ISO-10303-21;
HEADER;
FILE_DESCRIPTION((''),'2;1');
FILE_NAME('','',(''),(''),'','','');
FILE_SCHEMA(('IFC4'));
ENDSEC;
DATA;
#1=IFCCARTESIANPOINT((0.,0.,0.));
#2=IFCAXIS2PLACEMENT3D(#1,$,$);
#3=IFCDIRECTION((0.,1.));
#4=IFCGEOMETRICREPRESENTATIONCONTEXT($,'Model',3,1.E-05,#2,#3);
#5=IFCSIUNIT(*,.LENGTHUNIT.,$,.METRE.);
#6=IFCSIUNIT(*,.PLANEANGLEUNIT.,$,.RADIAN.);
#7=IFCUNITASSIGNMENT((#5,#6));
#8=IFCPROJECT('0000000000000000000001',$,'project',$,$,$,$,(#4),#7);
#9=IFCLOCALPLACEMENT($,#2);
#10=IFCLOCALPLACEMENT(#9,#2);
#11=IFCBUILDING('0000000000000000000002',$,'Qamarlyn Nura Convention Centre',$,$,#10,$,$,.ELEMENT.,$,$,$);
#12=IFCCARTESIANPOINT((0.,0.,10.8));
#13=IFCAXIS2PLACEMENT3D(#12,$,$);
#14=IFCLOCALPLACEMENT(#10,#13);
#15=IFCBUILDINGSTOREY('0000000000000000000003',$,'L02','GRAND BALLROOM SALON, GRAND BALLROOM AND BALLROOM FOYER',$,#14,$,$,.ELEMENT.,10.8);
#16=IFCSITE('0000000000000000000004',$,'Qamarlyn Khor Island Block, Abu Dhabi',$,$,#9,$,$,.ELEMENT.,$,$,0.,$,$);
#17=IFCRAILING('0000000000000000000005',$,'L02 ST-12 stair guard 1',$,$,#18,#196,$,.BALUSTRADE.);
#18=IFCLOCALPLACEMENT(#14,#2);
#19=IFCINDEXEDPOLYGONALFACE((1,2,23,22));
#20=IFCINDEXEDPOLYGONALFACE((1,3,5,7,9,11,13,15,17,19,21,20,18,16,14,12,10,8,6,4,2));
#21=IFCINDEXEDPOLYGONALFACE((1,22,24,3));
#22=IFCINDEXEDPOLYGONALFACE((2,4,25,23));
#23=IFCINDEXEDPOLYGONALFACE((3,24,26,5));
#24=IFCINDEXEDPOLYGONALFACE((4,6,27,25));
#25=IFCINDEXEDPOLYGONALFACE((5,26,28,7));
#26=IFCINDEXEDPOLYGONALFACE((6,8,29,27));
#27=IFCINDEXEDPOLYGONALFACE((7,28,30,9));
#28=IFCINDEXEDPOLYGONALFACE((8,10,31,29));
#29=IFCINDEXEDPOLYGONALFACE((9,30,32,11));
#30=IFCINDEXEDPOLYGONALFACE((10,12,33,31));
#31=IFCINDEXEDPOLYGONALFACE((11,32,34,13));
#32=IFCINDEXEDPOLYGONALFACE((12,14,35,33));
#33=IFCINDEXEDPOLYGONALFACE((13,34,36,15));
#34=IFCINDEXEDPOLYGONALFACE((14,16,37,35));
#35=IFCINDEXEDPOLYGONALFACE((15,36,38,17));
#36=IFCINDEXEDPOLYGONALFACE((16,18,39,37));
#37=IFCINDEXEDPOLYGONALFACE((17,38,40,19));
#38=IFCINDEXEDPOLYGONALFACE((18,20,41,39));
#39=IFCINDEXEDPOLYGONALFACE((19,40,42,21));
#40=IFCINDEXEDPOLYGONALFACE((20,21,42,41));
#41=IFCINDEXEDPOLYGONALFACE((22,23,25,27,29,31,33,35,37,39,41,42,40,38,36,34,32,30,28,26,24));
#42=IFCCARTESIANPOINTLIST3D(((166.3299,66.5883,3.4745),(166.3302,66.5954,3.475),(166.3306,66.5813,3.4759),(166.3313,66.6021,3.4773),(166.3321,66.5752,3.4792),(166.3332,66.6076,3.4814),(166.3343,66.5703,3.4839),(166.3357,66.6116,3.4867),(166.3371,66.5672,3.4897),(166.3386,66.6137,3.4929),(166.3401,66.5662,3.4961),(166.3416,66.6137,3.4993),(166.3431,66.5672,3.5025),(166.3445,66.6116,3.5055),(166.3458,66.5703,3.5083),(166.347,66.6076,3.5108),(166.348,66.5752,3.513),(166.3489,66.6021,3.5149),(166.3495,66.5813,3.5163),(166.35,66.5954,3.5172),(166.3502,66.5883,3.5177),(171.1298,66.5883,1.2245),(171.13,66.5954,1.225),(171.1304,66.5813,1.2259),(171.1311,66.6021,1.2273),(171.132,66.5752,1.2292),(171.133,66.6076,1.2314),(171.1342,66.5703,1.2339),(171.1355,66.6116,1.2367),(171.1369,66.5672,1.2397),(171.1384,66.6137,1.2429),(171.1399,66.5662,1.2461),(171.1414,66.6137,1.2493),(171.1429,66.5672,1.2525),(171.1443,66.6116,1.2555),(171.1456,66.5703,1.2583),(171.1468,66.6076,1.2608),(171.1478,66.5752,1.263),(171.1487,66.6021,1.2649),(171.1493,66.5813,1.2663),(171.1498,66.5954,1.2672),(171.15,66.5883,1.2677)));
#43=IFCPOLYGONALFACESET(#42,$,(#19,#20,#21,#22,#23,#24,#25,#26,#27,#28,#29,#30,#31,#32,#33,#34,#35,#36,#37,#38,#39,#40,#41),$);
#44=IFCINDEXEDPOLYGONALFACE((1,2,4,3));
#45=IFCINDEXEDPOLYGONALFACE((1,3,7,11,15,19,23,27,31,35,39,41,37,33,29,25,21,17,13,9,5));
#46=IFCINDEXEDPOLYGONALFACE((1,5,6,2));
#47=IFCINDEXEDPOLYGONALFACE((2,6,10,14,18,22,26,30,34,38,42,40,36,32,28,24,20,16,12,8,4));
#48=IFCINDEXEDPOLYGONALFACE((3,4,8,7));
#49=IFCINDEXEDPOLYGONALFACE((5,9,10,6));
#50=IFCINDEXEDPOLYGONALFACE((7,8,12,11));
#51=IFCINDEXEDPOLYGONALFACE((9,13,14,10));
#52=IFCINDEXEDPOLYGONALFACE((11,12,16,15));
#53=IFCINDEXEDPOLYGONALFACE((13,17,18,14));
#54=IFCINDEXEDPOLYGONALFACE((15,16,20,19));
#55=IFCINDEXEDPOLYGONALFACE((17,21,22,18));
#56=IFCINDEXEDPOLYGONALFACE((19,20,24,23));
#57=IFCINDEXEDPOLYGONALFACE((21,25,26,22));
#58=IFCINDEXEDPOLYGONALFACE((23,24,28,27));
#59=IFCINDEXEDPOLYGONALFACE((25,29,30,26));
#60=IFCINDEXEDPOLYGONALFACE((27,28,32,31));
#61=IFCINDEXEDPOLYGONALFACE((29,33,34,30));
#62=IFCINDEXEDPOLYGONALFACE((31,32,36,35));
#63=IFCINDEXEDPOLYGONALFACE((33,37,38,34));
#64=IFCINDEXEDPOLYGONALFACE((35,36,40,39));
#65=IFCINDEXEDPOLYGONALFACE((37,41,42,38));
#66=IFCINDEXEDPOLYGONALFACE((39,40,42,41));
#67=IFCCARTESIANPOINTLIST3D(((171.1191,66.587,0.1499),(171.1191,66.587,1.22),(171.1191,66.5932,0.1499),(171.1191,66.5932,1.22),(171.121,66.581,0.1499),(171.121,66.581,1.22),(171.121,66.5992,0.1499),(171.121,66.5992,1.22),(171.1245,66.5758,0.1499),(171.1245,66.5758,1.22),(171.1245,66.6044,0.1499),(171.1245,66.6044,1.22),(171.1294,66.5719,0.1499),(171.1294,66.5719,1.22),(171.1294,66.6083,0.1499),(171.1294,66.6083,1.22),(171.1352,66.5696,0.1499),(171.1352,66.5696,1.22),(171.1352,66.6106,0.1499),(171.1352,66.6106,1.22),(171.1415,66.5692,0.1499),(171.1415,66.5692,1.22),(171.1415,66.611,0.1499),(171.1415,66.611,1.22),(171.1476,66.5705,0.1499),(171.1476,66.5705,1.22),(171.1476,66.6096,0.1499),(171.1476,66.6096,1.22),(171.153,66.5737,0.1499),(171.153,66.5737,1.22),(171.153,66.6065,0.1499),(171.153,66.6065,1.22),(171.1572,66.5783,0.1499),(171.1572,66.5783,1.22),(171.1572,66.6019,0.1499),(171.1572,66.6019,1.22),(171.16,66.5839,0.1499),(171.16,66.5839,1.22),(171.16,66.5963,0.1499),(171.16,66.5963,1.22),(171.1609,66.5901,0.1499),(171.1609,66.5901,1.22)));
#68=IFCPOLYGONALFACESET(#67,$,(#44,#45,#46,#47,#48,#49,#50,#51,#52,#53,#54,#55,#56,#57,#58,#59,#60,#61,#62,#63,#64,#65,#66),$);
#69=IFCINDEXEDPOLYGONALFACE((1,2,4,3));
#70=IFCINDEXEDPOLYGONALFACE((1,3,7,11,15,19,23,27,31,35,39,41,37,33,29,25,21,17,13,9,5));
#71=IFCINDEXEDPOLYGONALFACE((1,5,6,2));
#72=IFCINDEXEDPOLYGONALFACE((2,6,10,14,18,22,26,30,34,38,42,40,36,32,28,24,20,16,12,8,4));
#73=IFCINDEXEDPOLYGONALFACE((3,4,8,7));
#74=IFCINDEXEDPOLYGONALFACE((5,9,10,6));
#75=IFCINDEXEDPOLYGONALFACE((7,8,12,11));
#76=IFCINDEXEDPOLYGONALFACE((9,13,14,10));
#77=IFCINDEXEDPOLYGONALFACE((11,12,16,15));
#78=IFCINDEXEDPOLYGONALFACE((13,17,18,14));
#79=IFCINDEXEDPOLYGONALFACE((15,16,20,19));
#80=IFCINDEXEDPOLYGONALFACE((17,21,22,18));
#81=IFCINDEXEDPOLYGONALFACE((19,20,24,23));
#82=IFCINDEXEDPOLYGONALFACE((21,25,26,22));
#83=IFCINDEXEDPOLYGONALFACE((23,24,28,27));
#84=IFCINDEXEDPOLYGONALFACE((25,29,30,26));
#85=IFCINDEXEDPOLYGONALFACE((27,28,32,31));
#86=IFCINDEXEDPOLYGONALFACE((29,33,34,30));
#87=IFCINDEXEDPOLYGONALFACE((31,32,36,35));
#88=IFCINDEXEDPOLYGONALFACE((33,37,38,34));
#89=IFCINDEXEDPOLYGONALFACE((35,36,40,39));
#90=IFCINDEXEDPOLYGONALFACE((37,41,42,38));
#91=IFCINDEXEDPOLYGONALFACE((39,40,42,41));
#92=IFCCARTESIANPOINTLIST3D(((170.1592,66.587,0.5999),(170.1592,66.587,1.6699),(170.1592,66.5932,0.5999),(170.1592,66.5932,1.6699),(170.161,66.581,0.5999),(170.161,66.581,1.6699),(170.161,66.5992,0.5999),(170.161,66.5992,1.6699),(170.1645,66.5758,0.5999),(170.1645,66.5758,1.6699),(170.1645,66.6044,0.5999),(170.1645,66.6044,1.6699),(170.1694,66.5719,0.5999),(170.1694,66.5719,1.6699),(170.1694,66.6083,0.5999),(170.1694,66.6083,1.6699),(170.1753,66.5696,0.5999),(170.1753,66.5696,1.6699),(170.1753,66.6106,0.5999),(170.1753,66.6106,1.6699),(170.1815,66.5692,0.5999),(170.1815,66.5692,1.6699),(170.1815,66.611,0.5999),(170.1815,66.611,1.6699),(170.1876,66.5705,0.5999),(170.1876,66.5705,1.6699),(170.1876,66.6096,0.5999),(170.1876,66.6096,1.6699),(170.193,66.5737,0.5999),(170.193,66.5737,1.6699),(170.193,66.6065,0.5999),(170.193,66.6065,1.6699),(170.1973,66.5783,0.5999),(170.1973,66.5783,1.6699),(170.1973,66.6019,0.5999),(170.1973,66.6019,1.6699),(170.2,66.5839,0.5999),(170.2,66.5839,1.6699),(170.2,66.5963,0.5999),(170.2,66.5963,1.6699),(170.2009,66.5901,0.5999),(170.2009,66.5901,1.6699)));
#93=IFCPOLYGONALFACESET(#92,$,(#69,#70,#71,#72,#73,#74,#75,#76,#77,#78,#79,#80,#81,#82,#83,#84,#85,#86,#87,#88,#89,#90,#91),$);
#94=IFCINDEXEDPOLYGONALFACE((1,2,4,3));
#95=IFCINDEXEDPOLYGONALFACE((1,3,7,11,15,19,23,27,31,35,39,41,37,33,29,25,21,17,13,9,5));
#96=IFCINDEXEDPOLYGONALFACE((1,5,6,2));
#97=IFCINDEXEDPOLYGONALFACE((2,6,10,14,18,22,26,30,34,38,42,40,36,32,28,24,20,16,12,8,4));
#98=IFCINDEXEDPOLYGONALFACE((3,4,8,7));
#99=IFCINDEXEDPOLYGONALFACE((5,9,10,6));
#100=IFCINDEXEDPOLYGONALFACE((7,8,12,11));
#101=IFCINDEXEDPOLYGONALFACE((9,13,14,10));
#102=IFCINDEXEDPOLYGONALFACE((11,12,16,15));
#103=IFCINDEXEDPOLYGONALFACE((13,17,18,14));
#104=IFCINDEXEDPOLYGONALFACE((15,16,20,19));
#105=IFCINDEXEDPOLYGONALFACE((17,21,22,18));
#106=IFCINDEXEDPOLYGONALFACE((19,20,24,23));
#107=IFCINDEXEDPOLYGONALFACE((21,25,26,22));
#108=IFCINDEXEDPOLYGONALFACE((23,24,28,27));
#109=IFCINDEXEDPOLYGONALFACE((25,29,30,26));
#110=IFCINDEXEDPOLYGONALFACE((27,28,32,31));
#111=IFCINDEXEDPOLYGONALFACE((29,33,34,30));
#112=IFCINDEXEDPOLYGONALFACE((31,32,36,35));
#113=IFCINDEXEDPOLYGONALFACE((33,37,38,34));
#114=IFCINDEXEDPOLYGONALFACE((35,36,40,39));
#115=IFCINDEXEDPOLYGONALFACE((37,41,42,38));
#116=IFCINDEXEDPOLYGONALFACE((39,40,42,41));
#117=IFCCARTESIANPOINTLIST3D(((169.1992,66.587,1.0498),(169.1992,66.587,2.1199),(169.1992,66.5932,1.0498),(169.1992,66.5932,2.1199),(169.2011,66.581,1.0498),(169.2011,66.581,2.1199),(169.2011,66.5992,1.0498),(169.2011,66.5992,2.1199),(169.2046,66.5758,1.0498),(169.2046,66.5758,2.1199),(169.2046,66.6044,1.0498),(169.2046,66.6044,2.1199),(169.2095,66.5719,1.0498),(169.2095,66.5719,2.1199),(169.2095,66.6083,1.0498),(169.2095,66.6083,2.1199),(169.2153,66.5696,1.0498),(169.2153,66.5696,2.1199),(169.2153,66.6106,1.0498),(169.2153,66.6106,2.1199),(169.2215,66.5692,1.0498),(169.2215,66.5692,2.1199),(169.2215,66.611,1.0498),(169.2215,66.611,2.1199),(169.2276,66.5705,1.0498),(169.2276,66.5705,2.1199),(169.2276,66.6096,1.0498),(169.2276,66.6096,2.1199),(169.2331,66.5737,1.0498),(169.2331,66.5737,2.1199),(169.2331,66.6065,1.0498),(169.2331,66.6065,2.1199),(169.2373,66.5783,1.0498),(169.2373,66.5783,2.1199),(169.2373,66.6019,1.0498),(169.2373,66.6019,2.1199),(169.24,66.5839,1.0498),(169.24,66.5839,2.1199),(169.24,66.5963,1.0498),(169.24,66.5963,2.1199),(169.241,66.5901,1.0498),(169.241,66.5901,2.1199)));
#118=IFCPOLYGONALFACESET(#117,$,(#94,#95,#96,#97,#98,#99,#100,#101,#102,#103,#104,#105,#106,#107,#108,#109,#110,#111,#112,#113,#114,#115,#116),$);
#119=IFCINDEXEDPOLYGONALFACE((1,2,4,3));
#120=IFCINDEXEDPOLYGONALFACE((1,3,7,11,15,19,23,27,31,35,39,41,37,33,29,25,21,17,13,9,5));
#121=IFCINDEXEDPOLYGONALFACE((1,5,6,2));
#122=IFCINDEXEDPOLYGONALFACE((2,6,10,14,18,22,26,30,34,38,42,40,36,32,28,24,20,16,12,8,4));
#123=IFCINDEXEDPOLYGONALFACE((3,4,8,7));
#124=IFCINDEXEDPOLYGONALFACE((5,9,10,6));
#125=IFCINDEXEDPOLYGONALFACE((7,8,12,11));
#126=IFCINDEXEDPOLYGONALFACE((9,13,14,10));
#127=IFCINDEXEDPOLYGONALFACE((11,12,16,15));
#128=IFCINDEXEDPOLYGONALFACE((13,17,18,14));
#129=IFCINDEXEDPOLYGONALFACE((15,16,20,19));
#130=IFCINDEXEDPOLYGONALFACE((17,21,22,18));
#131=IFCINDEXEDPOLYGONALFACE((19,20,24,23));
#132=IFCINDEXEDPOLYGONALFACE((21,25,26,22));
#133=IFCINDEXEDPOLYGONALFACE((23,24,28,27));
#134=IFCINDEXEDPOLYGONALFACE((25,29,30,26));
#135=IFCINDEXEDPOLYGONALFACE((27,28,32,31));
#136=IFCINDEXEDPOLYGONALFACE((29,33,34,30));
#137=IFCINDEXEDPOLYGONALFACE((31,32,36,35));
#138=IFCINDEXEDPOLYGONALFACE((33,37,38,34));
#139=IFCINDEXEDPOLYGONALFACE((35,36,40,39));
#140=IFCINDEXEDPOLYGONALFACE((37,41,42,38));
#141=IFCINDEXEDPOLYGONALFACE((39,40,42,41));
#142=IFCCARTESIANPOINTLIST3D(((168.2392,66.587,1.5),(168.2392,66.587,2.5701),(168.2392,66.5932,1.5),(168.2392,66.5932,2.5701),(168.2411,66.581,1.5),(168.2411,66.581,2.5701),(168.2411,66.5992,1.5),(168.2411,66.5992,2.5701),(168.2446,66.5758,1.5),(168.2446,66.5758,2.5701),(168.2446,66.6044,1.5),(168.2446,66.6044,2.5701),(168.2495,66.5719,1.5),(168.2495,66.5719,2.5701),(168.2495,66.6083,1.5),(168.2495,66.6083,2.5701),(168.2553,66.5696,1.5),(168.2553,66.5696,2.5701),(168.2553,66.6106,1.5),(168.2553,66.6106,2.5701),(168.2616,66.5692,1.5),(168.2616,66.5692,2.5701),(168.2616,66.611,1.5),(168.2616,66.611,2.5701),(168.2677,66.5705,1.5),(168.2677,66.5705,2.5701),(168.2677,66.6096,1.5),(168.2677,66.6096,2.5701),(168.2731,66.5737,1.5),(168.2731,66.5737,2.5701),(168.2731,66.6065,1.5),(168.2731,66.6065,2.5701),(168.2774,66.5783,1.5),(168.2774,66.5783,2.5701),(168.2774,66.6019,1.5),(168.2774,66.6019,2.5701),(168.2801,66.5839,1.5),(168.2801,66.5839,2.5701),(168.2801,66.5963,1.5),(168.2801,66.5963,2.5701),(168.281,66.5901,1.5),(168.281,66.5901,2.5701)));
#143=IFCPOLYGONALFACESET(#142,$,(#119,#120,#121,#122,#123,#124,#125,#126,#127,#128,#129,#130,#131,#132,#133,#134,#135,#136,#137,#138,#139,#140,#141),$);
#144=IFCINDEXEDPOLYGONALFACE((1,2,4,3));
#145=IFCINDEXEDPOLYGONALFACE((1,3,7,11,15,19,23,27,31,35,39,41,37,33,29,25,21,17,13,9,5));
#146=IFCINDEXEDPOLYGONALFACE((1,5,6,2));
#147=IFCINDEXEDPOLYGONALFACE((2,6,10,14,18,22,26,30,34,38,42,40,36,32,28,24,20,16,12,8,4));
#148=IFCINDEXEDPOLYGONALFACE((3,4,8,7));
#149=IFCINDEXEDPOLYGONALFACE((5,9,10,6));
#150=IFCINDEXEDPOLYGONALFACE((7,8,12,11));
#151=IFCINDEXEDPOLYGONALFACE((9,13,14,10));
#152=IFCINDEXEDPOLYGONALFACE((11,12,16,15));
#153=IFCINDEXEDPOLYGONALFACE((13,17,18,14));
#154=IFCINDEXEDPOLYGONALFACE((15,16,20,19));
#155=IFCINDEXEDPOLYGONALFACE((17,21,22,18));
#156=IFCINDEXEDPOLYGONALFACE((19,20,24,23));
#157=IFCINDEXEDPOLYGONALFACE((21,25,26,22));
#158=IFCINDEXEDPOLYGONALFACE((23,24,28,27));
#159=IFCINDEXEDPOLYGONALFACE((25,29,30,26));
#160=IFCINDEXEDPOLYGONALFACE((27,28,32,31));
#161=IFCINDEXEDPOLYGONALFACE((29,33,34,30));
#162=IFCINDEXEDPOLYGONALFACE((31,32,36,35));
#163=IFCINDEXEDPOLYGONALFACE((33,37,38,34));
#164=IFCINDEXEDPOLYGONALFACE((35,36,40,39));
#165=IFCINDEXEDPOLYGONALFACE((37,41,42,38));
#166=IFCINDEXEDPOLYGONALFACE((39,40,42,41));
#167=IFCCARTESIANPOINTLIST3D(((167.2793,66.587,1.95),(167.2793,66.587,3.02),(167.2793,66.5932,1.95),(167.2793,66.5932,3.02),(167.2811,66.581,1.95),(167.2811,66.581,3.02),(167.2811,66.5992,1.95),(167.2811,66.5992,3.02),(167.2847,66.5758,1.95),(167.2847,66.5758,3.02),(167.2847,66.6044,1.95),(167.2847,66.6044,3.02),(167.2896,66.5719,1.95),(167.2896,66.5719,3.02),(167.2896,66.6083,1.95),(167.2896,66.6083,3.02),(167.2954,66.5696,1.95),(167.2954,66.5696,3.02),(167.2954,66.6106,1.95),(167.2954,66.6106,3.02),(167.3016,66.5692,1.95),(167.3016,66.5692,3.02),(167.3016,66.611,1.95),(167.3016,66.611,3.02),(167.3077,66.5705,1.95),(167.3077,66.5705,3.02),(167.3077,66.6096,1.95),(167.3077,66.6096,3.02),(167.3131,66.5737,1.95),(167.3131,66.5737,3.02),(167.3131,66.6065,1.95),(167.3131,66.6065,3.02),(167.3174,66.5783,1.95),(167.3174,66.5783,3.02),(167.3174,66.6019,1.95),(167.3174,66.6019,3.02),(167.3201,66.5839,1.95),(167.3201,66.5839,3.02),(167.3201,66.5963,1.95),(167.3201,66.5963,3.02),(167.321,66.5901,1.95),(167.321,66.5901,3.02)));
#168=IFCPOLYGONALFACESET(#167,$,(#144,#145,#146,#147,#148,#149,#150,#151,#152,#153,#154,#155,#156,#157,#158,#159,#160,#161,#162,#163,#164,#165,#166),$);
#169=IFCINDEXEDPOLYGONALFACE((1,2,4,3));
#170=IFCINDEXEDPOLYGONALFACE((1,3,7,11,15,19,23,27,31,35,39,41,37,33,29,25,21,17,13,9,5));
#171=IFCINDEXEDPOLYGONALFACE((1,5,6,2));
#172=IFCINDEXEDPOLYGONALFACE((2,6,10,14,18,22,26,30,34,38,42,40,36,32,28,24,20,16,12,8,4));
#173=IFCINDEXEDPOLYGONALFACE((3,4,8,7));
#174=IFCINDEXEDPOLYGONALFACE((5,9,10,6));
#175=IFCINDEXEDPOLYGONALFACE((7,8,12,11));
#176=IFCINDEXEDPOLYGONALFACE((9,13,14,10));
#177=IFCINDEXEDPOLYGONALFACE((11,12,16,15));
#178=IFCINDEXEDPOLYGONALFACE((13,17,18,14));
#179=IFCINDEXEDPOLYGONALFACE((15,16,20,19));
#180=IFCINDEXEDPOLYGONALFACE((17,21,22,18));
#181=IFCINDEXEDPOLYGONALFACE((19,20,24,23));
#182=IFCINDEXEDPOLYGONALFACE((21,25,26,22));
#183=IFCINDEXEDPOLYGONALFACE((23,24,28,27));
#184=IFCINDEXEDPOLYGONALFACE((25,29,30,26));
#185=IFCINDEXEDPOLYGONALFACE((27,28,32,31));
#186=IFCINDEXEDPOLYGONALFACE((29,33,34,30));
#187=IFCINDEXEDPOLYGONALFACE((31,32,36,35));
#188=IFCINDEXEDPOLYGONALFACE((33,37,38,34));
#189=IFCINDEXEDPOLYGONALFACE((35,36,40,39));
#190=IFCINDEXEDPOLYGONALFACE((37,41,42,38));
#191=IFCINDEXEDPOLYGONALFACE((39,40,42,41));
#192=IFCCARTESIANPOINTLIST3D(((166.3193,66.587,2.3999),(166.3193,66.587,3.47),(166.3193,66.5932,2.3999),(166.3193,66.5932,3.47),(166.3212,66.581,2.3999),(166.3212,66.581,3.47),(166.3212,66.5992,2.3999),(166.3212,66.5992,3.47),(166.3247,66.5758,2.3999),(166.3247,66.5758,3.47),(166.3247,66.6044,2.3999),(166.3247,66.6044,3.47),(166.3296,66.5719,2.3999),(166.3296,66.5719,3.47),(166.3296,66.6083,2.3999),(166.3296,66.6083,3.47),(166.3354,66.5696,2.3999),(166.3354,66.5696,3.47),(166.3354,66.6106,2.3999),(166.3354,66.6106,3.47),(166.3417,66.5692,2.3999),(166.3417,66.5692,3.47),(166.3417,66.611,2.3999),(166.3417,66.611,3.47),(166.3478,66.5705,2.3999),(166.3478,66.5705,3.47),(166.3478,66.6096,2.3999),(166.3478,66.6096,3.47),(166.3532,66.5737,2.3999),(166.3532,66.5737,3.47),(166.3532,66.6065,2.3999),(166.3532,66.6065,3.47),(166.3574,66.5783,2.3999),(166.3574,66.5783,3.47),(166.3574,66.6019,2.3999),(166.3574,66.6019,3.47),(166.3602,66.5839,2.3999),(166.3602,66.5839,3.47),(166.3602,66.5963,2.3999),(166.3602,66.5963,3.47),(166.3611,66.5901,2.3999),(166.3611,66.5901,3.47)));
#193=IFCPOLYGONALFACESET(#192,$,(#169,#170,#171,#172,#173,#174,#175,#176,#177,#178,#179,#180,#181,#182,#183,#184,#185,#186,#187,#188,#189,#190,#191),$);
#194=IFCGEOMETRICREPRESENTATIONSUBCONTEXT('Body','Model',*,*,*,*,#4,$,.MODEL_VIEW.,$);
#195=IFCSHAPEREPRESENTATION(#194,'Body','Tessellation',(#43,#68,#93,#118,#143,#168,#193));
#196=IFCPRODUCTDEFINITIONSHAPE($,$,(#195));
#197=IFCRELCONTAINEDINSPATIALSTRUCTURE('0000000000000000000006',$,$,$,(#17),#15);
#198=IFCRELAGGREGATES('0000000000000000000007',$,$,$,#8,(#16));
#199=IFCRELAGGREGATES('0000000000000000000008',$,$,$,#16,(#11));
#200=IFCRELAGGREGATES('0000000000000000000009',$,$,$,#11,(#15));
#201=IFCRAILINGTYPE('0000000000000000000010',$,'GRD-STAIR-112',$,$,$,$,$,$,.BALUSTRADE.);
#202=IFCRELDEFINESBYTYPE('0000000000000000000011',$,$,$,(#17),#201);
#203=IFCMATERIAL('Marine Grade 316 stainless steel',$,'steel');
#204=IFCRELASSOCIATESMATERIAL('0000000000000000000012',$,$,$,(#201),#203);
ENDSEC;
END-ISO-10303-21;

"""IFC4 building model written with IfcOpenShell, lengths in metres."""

from ifc_helpers import new_model, si_unit, direction, frame, origin, origin_2d, place, context, subcontext, project, spatial, circle, extrude, material, type_object, element, save


model = new_model("IFC4")

# Units and contexts
model_context = context("Model", 3, precision=1e-05, world=origin(), true_north=direction((0.0, 1.0)))
body_context = subcontext(model_context, "Body", "Model", "MODEL_VIEW")
ifc_project = project(units=[si_unit("LENGTHUNIT", "METRE"), si_unit("PLANEANGLEUNIT", "RADIAN")], contexts=[model_context])

# Site, building, storey
site_placement = place(None, origin())
site = spatial("IfcSite", under=ifc_project, at=site_placement, Name="Qamarlyn Khor Island Block, Abu Dhabi", CompositionType="ELEMENT", RefElevation=0.0)
building_placement = place(site_placement, origin())
building = spatial("IfcBuilding", under=site, at=building_placement, Name="Qamarlyn Nura Convention Centre", CompositionType="ELEMENT")
storey_placement = place(building_placement, frame((0.0, 0.0, 10.8)))
storey = spatial("IfcBuildingStorey", under=building, at=storey_placement, Name="L02", Description="GRAND BALLROOM SALON, GRAND BALLROOM AND BALLROOM FOYER", CompositionType="ELEMENT", Elevation=10.8)

# Railing
ifc_material_1 = material(Name="Marine Grade 316 stainless steel", Category="steel")
railing_type_1 = type_object("IfcRailingType", Name="GRD-STAIR-112", PredefinedType="BALUSTRADE", material=ifc_material_1)
railing_1_placement = place(storey_placement, frame((171.1399, 66.5901, 0.1499)))
element("IfcRailing", 1, at=railing_1_placement, inside=storey, type_object=railing_type_1, Name="L02 ST-12 stair guard 1", PredefinedType="BALUSTRADE", context=body_context, shape_type="SweptSolid", body=[
    extrude(circle(Radius=0.0239, at=origin_2d()), frame((0.0, 0.0, 1.0962), z_axis=(-0.905452, 0.0, 0.424448), x_axis=(0.0, -1.0, 0.0)), (0.0, 0.0, 1.0), 5.301),
    extrude(circle(Radius=0.021, at=origin_2d()), origin(), (0.0, 0.0, 1.0), 1.0701),
    extrude(circle(Radius=0.021, at=origin_2d()), frame((-0.96, 0.0, 0.45)), (0.0, 0.0, 1.0), 1.0701),
    extrude(circle(Radius=0.021, at=origin_2d()), frame((-1.9199, 0.0, 0.8999)), (0.0, 0.0, 1.0), 1.0701),
    extrude(circle(Radius=0.021, at=origin_2d()), frame((-2.8799, 0.0, 1.3501)), (0.0, 0.0, 1.0), 1.0701),
    extrude(circle(Radius=0.021, at=origin_2d()), frame((-3.8398, 0.0, 1.8)), (0.0, 0.0, 1.0), 1.0701),
    extrude(circle(Radius=0.021, at=origin_2d()), frame((-4.7998, 0.0, 2.25)), (0.0, 0.0, 1.0), 1.0701),
])

save(model, "model.ifc")
